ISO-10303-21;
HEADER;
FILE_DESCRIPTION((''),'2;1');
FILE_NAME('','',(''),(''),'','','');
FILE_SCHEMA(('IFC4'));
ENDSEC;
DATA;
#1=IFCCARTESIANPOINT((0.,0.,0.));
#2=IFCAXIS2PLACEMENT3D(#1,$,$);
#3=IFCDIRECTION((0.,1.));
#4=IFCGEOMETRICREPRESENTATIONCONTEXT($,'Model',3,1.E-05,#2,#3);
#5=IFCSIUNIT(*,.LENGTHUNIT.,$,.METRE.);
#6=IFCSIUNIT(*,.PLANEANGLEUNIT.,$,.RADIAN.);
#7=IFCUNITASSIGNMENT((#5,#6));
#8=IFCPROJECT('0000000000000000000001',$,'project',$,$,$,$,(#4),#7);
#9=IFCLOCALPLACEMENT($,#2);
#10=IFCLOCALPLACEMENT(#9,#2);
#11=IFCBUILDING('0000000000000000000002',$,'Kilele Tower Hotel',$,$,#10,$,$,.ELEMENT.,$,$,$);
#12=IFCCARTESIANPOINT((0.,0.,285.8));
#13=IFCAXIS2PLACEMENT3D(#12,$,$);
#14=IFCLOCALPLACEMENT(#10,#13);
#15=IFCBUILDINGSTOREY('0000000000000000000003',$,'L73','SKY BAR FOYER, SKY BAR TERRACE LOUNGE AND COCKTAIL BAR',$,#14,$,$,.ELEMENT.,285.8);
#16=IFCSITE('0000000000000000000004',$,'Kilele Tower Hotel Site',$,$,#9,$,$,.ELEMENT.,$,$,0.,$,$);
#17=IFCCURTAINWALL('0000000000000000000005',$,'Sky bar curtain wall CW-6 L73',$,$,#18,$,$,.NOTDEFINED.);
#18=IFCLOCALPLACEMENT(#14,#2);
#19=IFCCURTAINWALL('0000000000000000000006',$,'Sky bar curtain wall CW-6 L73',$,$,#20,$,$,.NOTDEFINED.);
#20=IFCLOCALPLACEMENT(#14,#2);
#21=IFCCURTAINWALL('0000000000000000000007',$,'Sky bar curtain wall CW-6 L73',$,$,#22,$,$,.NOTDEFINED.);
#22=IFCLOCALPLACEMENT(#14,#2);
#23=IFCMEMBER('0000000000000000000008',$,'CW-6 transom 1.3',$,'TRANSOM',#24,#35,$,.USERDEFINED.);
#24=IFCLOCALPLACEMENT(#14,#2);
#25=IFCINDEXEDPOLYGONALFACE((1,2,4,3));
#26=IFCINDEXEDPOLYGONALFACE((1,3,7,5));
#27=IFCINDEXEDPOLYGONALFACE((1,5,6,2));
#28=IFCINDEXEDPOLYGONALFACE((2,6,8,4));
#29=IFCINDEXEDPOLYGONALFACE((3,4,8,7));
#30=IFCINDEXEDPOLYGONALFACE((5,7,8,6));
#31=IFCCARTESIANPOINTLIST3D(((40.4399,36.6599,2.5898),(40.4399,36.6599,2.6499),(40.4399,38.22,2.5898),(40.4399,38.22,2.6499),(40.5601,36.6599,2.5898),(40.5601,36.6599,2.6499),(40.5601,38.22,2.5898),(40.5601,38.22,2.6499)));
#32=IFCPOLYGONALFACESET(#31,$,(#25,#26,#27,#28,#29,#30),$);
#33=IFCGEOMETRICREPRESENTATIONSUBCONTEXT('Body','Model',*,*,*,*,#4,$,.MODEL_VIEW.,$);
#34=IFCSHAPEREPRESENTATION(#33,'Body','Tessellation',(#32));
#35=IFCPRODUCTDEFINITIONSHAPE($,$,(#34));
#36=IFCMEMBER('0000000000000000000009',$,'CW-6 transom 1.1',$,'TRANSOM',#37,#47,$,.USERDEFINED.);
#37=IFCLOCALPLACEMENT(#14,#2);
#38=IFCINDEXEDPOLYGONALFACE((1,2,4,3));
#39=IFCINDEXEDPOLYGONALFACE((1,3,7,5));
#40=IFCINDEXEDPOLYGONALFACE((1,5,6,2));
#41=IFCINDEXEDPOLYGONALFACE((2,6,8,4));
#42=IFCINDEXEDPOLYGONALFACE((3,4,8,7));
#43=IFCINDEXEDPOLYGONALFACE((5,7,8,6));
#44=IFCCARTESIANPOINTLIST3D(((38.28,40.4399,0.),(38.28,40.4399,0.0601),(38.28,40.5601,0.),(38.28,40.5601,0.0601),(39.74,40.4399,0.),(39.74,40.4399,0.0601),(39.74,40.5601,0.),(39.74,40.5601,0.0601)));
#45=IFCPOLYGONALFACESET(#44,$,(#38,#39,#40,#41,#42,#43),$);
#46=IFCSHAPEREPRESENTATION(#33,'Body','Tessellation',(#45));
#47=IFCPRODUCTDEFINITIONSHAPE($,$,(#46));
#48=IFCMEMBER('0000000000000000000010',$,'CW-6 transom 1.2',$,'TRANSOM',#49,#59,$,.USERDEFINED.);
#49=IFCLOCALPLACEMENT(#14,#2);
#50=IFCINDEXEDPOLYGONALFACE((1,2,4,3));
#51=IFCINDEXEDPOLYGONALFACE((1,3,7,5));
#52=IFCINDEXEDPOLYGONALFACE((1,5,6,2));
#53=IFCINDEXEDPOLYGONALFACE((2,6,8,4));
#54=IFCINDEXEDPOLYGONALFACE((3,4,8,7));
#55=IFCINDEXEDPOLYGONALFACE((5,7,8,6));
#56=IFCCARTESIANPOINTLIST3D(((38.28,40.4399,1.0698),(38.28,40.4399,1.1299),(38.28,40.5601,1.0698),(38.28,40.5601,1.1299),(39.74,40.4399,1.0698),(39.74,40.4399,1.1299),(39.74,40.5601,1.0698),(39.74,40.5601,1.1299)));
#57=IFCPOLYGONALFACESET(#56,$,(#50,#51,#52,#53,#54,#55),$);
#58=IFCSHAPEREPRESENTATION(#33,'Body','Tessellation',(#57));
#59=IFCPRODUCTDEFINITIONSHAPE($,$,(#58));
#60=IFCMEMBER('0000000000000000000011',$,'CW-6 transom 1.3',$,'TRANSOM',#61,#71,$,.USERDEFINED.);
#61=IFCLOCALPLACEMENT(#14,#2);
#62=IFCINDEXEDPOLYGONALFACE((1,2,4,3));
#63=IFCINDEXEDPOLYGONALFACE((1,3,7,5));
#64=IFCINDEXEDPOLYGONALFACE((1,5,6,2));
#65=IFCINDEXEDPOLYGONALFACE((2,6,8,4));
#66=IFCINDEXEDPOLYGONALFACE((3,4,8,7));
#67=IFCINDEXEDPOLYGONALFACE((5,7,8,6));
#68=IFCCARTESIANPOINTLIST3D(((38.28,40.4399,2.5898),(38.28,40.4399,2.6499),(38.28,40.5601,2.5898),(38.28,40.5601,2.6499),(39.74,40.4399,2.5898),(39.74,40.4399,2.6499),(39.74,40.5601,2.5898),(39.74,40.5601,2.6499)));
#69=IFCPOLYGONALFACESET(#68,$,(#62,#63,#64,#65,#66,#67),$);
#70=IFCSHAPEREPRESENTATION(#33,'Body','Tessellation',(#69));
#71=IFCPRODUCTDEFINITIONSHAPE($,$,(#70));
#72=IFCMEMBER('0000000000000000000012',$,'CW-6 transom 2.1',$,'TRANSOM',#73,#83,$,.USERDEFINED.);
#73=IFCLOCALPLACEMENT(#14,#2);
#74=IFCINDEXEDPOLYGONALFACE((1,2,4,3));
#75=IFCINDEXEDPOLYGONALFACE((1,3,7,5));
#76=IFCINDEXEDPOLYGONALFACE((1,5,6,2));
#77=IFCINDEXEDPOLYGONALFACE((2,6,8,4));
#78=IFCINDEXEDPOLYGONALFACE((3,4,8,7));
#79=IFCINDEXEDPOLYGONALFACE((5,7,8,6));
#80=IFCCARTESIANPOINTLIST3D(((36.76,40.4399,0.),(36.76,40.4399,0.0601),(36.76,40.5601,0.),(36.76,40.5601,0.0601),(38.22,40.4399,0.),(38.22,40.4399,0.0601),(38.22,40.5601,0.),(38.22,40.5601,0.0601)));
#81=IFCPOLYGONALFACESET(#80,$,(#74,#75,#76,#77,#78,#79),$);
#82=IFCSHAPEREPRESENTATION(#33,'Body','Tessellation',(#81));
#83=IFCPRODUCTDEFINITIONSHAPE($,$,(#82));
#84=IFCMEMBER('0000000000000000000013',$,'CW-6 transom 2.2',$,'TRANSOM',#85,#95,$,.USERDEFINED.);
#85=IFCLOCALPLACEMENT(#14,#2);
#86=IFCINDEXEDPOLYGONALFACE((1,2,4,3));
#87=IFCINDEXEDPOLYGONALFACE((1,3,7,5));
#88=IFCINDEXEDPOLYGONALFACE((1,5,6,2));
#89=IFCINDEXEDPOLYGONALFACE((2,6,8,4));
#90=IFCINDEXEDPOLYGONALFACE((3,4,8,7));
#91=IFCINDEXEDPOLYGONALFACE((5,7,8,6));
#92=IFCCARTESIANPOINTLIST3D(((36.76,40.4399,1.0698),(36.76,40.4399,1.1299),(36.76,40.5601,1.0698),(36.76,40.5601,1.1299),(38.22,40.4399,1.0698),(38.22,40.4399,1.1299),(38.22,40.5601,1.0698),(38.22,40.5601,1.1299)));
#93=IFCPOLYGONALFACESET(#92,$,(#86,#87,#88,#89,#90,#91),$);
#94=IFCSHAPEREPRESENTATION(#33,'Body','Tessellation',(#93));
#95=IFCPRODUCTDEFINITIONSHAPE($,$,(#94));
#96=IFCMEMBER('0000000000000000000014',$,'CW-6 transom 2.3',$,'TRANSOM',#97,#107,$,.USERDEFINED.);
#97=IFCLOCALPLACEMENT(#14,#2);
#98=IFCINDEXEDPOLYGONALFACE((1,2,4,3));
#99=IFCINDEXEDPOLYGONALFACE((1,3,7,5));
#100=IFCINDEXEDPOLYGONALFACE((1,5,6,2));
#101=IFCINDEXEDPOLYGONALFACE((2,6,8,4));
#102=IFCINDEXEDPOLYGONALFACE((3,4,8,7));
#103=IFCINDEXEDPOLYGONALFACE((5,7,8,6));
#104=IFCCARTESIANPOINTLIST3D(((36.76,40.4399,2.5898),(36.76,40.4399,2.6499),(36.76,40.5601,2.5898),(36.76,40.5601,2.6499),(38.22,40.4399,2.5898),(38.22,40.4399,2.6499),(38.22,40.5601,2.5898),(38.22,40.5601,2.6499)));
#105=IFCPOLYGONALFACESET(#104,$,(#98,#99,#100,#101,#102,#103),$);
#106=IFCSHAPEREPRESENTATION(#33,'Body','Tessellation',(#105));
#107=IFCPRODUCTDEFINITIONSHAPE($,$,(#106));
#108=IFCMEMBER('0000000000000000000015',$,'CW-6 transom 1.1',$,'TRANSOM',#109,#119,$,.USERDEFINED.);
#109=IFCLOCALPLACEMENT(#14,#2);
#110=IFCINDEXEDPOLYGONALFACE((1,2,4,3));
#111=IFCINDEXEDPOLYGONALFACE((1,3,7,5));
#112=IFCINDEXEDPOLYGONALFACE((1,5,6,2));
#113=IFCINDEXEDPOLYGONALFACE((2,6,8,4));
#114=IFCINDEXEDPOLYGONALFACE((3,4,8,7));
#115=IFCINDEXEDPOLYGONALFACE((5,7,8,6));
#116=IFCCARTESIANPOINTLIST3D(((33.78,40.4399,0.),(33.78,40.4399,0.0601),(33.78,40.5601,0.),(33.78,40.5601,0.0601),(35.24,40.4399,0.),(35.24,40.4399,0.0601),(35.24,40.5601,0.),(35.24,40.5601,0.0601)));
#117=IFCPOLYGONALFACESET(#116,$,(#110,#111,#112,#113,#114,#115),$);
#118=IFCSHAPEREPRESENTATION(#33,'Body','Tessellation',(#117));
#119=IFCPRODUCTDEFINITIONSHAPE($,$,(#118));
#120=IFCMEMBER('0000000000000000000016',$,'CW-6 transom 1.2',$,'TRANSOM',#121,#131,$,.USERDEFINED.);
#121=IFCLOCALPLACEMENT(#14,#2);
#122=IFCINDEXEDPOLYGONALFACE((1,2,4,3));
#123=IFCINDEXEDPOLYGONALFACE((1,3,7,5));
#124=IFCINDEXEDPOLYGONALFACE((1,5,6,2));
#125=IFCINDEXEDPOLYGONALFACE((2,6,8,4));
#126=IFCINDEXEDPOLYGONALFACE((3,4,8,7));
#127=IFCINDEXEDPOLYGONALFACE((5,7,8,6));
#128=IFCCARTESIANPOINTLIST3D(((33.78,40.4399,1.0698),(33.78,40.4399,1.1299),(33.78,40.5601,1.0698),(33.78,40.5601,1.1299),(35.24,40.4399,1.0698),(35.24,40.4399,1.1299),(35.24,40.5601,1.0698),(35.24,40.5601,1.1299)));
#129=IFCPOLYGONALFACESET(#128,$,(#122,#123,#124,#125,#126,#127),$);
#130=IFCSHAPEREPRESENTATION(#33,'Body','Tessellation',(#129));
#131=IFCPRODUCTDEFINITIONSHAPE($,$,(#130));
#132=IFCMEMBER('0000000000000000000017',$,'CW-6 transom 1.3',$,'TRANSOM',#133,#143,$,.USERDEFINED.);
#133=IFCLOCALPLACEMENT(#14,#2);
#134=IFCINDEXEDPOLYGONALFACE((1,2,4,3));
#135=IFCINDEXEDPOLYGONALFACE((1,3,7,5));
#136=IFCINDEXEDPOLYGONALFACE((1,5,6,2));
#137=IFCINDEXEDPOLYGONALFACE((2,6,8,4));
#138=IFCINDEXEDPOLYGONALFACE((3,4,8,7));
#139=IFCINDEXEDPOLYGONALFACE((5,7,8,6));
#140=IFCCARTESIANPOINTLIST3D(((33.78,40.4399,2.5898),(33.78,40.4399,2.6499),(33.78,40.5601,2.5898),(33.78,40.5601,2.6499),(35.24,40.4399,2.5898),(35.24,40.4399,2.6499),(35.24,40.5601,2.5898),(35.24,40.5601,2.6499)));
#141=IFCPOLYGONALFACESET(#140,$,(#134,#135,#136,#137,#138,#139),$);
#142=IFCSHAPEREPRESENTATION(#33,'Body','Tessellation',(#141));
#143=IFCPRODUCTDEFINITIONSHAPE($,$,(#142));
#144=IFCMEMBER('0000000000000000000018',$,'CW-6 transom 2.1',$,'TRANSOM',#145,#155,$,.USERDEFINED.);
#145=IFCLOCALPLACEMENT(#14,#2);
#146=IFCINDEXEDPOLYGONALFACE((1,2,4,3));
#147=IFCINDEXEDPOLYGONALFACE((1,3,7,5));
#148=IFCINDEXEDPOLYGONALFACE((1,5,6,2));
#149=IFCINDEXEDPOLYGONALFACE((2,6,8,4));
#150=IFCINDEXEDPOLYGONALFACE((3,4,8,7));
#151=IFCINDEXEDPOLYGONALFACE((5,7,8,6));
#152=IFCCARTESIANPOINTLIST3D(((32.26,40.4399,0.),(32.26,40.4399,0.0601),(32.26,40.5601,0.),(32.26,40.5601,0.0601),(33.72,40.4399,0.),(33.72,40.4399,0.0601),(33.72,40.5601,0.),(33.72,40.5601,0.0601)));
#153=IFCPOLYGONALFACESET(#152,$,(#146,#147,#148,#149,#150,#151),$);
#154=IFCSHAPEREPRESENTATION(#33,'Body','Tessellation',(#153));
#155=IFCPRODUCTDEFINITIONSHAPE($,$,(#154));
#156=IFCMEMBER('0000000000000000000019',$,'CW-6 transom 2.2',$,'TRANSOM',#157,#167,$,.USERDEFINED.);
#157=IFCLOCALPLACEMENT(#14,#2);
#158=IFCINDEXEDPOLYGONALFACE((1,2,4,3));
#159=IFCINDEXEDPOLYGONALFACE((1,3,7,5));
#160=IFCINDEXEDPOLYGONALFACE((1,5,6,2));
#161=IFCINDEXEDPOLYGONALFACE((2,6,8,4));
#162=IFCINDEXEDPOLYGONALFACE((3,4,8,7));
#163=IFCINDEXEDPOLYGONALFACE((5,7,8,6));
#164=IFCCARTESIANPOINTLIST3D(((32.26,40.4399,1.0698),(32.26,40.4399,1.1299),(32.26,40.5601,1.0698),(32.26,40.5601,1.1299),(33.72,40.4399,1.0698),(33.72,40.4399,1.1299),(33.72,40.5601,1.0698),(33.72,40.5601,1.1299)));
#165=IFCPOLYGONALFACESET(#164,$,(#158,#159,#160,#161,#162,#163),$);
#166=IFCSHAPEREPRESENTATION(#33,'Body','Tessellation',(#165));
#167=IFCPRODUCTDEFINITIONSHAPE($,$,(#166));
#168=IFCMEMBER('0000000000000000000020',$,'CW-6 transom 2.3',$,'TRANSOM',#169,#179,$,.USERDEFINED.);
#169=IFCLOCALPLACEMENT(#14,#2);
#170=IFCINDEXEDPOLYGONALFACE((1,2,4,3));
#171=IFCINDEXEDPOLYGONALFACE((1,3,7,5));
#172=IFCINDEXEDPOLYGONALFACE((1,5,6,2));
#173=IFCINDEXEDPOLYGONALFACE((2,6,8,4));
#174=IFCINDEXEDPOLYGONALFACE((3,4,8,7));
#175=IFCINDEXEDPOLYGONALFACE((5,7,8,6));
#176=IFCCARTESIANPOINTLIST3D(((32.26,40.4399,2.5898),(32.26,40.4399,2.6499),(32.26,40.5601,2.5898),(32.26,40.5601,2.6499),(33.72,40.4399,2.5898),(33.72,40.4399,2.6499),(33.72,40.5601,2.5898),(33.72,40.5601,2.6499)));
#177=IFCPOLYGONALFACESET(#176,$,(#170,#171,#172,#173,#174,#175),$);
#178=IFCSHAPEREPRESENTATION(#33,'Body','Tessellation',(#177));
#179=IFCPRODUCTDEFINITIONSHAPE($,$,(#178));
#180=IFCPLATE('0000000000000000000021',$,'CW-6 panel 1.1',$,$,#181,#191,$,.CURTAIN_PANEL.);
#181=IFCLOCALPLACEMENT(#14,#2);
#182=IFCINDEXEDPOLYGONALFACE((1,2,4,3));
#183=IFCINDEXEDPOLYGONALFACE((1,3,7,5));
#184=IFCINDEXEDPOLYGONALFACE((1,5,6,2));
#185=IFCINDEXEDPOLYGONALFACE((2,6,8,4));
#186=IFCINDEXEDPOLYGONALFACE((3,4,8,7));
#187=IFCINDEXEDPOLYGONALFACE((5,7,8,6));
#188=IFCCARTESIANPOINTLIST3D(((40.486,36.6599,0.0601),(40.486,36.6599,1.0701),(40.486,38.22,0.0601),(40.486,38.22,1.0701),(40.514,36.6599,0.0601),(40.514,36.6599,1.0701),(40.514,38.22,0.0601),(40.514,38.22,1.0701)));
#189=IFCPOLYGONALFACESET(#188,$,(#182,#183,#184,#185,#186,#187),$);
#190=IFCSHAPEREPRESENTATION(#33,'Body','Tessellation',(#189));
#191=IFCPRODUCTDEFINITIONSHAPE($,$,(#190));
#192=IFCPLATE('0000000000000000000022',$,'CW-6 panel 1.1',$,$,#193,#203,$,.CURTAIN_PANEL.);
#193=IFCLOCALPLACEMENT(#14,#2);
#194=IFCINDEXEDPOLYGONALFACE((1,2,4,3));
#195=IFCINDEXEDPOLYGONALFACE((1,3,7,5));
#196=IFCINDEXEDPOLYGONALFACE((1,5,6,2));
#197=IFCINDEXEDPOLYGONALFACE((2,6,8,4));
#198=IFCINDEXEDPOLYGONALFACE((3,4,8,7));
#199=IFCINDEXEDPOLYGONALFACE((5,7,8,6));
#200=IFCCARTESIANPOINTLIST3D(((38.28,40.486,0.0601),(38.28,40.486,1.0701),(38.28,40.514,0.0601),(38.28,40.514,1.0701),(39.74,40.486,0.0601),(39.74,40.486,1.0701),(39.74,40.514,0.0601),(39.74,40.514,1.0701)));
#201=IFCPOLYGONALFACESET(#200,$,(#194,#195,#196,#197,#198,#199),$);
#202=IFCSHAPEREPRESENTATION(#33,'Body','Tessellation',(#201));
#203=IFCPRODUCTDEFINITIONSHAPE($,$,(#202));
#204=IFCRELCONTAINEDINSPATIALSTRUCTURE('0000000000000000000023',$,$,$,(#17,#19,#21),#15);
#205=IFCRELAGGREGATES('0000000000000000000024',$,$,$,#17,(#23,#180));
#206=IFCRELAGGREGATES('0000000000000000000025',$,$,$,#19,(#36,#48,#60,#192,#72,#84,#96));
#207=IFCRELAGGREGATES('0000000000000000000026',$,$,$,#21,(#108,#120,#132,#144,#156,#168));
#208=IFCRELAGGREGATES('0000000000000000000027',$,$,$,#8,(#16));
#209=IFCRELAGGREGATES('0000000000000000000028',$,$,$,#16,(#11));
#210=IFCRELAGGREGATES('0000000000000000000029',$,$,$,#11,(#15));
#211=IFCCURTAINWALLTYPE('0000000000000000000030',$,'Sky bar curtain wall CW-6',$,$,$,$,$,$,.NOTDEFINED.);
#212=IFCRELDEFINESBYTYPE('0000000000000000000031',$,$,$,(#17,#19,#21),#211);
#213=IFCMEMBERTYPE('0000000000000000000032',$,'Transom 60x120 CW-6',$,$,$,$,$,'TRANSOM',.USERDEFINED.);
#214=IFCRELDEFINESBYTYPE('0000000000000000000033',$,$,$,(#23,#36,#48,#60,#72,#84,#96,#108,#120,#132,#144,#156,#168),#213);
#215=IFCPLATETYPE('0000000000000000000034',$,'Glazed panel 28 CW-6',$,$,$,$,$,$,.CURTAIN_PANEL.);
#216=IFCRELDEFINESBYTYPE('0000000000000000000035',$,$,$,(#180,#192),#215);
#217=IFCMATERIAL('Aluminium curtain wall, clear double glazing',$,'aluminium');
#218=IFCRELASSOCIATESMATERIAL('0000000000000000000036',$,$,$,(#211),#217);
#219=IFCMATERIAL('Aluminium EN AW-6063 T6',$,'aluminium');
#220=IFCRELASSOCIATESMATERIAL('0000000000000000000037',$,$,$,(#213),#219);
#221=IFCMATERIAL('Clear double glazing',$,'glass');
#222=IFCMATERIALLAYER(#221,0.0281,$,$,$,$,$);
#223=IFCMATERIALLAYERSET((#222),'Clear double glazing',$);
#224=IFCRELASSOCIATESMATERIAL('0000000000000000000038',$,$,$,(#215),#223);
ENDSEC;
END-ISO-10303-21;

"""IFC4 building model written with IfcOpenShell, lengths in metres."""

from ifc_helpers import new_model, si_unit, direction, frame, origin, origin_2d, place, context, subcontext, project, spatial, rectangle, extrude, material, layer, layer_set, material_profile, profile_set, type_object, element, aggregate, save


model = new_model("IFC4")

# Units and contexts
model_context = context("Model", 3, precision=1e-05, world=origin(), true_north=direction((0.0, 1.0)))
body_context = subcontext(model_context, "Body", "Model", "MODEL_VIEW")
ifc_project = project(units=[si_unit("LENGTHUNIT", "METRE"), si_unit("PLANEANGLEUNIT", "RADIAN")], contexts=[model_context])

# Site, building, storey
site_placement = place(None, origin())
site = spatial("IfcSite", under=ifc_project, at=site_placement, Name="Kilele Tower Hotel Site", CompositionType="ELEMENT", RefElevation=0.0)
building_placement = place(site_placement, origin())
building = spatial("IfcBuilding", under=site, at=building_placement, Name="Kilele Tower Hotel", CompositionType="ELEMENT")
storey_placement = place(building_placement, frame((0.0, 0.0, 285.8)))
storey = spatial("IfcBuildingStorey", under=building, at=storey_placement, Name="L73", Description="SKY BAR FOYER, SKY BAR TERRACE LOUNGE AND COCKTAIL BAR", CompositionType="ELEMENT", Elevation=285.8)

# Curtain wall
ifc_material_1 = material(Name="Aluminium curtain wall, clear double glazing", Category="aluminium")
curtain_wall_type = type_object("IfcCurtainWallType", Name="Sky bar curtain wall CW-6", PredefinedType="NOTDEFINED", material=ifc_material_1)
curtain_wall_1_placement = place(storey_placement, origin())
curtain_wall_1 = element("IfcCurtainWall", 1, at=curtain_wall_1_placement, inside=storey, type_object=curtain_wall_type, Name="Sky bar curtain wall CW-6 L73", PredefinedType="NOTDEFINED")

# Curtain walls
curtain_wall_2_placement = place(storey_placement, origin())
curtain_wall_2 = element("IfcCurtainWall", 2, at=curtain_wall_2_placement, inside=storey, type_object=curtain_wall_type, Name="Sky bar curtain wall CW-6 L73", PredefinedType="NOTDEFINED")
curtain_wall_3_placement = place(storey_placement, origin())
curtain_wall_3 = element("IfcCurtainWall", 3, at=curtain_wall_3_placement, inside=storey, type_object=curtain_wall_type, Name="Sky bar curtain wall CW-6 L73", PredefinedType="NOTDEFINED")

# Members
ifc_material_2 = material(Name="Aluminium EN AW-6063 T6", Category="aluminium")
ifc_material_profile_1 = material_profile(ifc_material_2, rectangle(XDim=0.1201, YDim=0.0601, at=origin_2d()))
ifc_profile_set_1 = profile_set([ifc_material_profile_1], Name="Aluminium EN AW-6063 T6")
member_type_1 = type_object("IfcMemberType", Name="Transom 60x120 CW-6", ElementType="TRANSOM", PredefinedType="USERDEFINED", material=ifc_profile_set_1)
member_1_placement = place(storey_placement, frame((40.5, 36.6599, 2.6199), z_axis=(0.0, 1.0, 0.0), x_axis=(-1.0, 0.0, 0.0)))
member_1 = element("IfcMember", 4, at=member_1_placement, type_object=member_type_1, Name="CW-6 transom 1.3", ObjectType="TRANSOM", PredefinedType="USERDEFINED", context=body_context, shape_type="SweptSolid", body=[
    extrude(rectangle(XDim=0.1201, YDim=0.0601, at=origin_2d()), origin(), (0.0, 0.0, 1.0), 1.5601),
])
member_2_placement = place(storey_placement, frame((39.74, 40.5, 0.03), z_axis=(-1.0, 0.0, 0.0), x_axis=(0.0, -1.0, 0.0)))
member_2 = element("IfcMember", 5, at=member_2_placement, type_object=member_type_1, Name="CW-6 transom 1.1", ObjectType="TRANSOM", PredefinedType="USERDEFINED", context=body_context, shape_type="SweptSolid", body=[
    extrude(rectangle(XDim=0.1201, YDim=0.0601, at=origin_2d()), origin(), (0.0, 0.0, 1.0), 1.46),
])
member_3_placement = place(storey_placement, frame((39.74, 40.5, 1.0999), z_axis=(-1.0, 0.0, 0.0), x_axis=(0.0, -1.0, 0.0)))
member_3 = element("IfcMember", 6, at=member_3_placement, type_object=member_type_1, Name="CW-6 transom 1.2", ObjectType="TRANSOM", PredefinedType="USERDEFINED", context=body_context, shape_type="SweptSolid", body=[
    extrude(rectangle(XDim=0.1201, YDim=0.0601, at=origin_2d()), origin(), (0.0, 0.0, 1.0), 1.46),
])
member_4_placement = place(storey_placement, frame((39.74, 40.5, 2.6199), z_axis=(-1.0, 0.0, 0.0), x_axis=(0.0, -1.0, 0.0)))
member_4 = element("IfcMember", 7, at=member_4_placement, type_object=member_type_1, Name="CW-6 transom 1.3", ObjectType="TRANSOM", PredefinedType="USERDEFINED", context=body_context, shape_type="SweptSolid", body=[
    extrude(rectangle(XDim=0.1201, YDim=0.0601, at=origin_2d()), origin(), (0.0, 0.0, 1.0), 1.46),
])
member_5_placement = place(storey_placement, frame((38.22, 40.5, 0.03), z_axis=(-1.0, 0.0, 0.0), x_axis=(0.0, -1.0, 0.0)))
member_5 = element("IfcMember", 8, at=member_5_placement, type_object=member_type_1, Name="CW-6 transom 2.1", ObjectType="TRANSOM", PredefinedType="USERDEFINED", context=body_context, shape_type="SweptSolid", body=[
    extrude(rectangle(XDim=0.1201, YDim=0.0601, at=origin_2d()), origin(), (0.0, 0.0, 1.0), 1.46),
])
member_6_placement = place(storey_placement, frame((38.22, 40.5, 1.0999), z_axis=(-1.0, 0.0, 0.0), x_axis=(0.0, -1.0, 0.0)))
member_6 = element("IfcMember", 9, at=member_6_placement, type_object=member_type_1, Name="CW-6 transom 2.2", ObjectType="TRANSOM", PredefinedType="USERDEFINED", context=body_context, shape_type="SweptSolid", body=[
    extrude(rectangle(XDim=0.1201, YDim=0.0601, at=origin_2d()), origin(), (0.0, 0.0, 1.0), 1.46),
])
member_7_placement = place(storey_placement, frame((38.22, 40.5, 2.6199), z_axis=(-1.0, 0.0, 0.0), x_axis=(0.0, -1.0, 0.0)))
member_7 = element("IfcMember", 10, at=member_7_placement, type_object=member_type_1, Name="CW-6 transom 2.3", ObjectType="TRANSOM", PredefinedType="USERDEFINED", context=body_context, shape_type="SweptSolid", body=[
    extrude(rectangle(XDim=0.1201, YDim=0.0601, at=origin_2d()), origin(), (0.0, 0.0, 1.0), 1.46),
])
member_8_placement = place(storey_placement, frame((35.24, 40.5, 0.03), z_axis=(-1.0, 0.0, 0.0), x_axis=(0.0, -1.0, 0.0)))
member_8 = element("IfcMember", 11, at=member_8_placement, type_object=member_type_1, Name="CW-6 transom 1.1", ObjectType="TRANSOM", PredefinedType="USERDEFINED", context=body_context, shape_type="SweptSolid", body=[
    extrude(rectangle(XDim=0.1201, YDim=0.0601, at=origin_2d()), origin(), (0.0, 0.0, 1.0), 1.46),
])
member_9_placement = place(storey_placement, frame((35.24, 40.5, 1.0999), z_axis=(-1.0, 0.0, 0.0), x_axis=(0.0, -1.0, 0.0)))
member_9 = element("IfcMember", 12, at=member_9_placement, type_object=member_type_1, Name="CW-6 transom 1.2", ObjectType="TRANSOM", PredefinedType="USERDEFINED", context=body_context, shape_type="SweptSolid", body=[
    extrude(rectangle(XDim=0.1201, YDim=0.0601, at=origin_2d()), origin(), (0.0, 0.0, 1.0), 1.46),
])
member_10_placement = place(storey_placement, frame((35.24, 40.5, 2.6199), z_axis=(-1.0, 0.0, 0.0), x_axis=(0.0, -1.0, 0.0)))
member_10 = element("IfcMember", 13, at=member_10_placement, type_object=member_type_1, Name="CW-6 transom 1.3", ObjectType="TRANSOM", PredefinedType="USERDEFINED", context=body_context, shape_type="SweptSolid", body=[
    extrude(rectangle(XDim=0.1201, YDim=0.0601, at=origin_2d()), origin(), (0.0, 0.0, 1.0), 1.46),
])
member_11_placement = place(storey_placement, frame((33.72, 40.5, 0.03), z_axis=(-1.0, 0.0, 0.0), x_axis=(0.0, -1.0, 0.0)))
member_11 = element("IfcMember", 14, at=member_11_placement, type_object=member_type_1, Name="CW-6 transom 2.1", ObjectType="TRANSOM", PredefinedType="USERDEFINED", context=body_context, shape_type="SweptSolid", body=[
    extrude(rectangle(XDim=0.1201, YDim=0.0601, at=origin_2d()), origin(), (0.0, 0.0, 1.0), 1.46),
])
member_12_placement = place(storey_placement, frame((33.72, 40.5, 1.0999), z_axis=(-1.0, 0.0, 0.0), x_axis=(0.0, -1.0, 0.0)))
member_12 = element("IfcMember", 15, at=member_12_placement, type_object=member_type_1, Name="CW-6 transom 2.2", ObjectType="TRANSOM", PredefinedType="USERDEFINED", context=body_context, shape_type="SweptSolid", body=[
    extrude(rectangle(XDim=0.1201, YDim=0.0601, at=origin_2d()), origin(), (0.0, 0.0, 1.0), 1.46),
])
member_13_placement = place(storey_placement, frame((33.72, 40.5, 2.6199), z_axis=(-1.0, 0.0, 0.0), x_axis=(0.0, -1.0, 0.0)))
member_13 = element("IfcMember", 16, at=member_13_placement, type_object=member_type_1, Name="CW-6 transom 2.3", ObjectType="TRANSOM", PredefinedType="USERDEFINED", context=body_context, shape_type="SweptSolid", body=[
    extrude(rectangle(XDim=0.1201, YDim=0.0601, at=origin_2d()), origin(), (0.0, 0.0, 1.0), 1.46),
])

# Plates
ifc_material_3 = material(Name="Clear double glazing", Category="glass")
ifc_layer = layer(ifc_material_3, 0.0281)
ifc_layer_set = layer_set([ifc_layer], Name="Clear double glazing")
plate_type = type_object("IfcPlateType", Name="Glazed panel 28 CW-6", PredefinedType="CURTAIN_PANEL", material=ifc_layer_set)
plate_1_placement = place(storey_placement, frame((40.5, 37.4399, 0.0601), z_axis=(0.0, 0.0, 1.0), x_axis=(0.0, 1.0, 0.0)))
plate_1 = element("IfcPlate", 17, at=plate_1_placement, type_object=plate_type, Name="CW-6 panel 1.1", PredefinedType="CURTAIN_PANEL", context=body_context, shape_type="SweptSolid", body=[
    extrude(rectangle(XDim=1.5601, YDim=0.0281, at=origin_2d()), origin(), (0.0, 0.0, 1.0), 1.01),
])
aggregate(curtain_wall_1, [member_1, plate_1])
plate_2_placement = place(storey_placement, frame((39.01, 40.5, 0.0601), z_axis=(0.0, 0.0, 1.0), x_axis=(-1.0, 0.0, 0.0)))
plate_2 = element("IfcPlate", 18, at=plate_2_placement, type_object=plate_type, Name="CW-6 panel 1.1", PredefinedType="CURTAIN_PANEL", context=body_context, shape_type="SweptSolid", body=[
    extrude(rectangle(XDim=1.46, YDim=0.0281, at=origin_2d()), origin(), (0.0, 0.0, 1.0), 1.01),
])
aggregate(curtain_wall_2, [member_2, member_3, member_4, plate_2, member_5, member_6, member_7])
aggregate(curtain_wall_3, [member_8, member_9, member_10, member_11, member_12, member_13])

save(model, "model.ifc")
